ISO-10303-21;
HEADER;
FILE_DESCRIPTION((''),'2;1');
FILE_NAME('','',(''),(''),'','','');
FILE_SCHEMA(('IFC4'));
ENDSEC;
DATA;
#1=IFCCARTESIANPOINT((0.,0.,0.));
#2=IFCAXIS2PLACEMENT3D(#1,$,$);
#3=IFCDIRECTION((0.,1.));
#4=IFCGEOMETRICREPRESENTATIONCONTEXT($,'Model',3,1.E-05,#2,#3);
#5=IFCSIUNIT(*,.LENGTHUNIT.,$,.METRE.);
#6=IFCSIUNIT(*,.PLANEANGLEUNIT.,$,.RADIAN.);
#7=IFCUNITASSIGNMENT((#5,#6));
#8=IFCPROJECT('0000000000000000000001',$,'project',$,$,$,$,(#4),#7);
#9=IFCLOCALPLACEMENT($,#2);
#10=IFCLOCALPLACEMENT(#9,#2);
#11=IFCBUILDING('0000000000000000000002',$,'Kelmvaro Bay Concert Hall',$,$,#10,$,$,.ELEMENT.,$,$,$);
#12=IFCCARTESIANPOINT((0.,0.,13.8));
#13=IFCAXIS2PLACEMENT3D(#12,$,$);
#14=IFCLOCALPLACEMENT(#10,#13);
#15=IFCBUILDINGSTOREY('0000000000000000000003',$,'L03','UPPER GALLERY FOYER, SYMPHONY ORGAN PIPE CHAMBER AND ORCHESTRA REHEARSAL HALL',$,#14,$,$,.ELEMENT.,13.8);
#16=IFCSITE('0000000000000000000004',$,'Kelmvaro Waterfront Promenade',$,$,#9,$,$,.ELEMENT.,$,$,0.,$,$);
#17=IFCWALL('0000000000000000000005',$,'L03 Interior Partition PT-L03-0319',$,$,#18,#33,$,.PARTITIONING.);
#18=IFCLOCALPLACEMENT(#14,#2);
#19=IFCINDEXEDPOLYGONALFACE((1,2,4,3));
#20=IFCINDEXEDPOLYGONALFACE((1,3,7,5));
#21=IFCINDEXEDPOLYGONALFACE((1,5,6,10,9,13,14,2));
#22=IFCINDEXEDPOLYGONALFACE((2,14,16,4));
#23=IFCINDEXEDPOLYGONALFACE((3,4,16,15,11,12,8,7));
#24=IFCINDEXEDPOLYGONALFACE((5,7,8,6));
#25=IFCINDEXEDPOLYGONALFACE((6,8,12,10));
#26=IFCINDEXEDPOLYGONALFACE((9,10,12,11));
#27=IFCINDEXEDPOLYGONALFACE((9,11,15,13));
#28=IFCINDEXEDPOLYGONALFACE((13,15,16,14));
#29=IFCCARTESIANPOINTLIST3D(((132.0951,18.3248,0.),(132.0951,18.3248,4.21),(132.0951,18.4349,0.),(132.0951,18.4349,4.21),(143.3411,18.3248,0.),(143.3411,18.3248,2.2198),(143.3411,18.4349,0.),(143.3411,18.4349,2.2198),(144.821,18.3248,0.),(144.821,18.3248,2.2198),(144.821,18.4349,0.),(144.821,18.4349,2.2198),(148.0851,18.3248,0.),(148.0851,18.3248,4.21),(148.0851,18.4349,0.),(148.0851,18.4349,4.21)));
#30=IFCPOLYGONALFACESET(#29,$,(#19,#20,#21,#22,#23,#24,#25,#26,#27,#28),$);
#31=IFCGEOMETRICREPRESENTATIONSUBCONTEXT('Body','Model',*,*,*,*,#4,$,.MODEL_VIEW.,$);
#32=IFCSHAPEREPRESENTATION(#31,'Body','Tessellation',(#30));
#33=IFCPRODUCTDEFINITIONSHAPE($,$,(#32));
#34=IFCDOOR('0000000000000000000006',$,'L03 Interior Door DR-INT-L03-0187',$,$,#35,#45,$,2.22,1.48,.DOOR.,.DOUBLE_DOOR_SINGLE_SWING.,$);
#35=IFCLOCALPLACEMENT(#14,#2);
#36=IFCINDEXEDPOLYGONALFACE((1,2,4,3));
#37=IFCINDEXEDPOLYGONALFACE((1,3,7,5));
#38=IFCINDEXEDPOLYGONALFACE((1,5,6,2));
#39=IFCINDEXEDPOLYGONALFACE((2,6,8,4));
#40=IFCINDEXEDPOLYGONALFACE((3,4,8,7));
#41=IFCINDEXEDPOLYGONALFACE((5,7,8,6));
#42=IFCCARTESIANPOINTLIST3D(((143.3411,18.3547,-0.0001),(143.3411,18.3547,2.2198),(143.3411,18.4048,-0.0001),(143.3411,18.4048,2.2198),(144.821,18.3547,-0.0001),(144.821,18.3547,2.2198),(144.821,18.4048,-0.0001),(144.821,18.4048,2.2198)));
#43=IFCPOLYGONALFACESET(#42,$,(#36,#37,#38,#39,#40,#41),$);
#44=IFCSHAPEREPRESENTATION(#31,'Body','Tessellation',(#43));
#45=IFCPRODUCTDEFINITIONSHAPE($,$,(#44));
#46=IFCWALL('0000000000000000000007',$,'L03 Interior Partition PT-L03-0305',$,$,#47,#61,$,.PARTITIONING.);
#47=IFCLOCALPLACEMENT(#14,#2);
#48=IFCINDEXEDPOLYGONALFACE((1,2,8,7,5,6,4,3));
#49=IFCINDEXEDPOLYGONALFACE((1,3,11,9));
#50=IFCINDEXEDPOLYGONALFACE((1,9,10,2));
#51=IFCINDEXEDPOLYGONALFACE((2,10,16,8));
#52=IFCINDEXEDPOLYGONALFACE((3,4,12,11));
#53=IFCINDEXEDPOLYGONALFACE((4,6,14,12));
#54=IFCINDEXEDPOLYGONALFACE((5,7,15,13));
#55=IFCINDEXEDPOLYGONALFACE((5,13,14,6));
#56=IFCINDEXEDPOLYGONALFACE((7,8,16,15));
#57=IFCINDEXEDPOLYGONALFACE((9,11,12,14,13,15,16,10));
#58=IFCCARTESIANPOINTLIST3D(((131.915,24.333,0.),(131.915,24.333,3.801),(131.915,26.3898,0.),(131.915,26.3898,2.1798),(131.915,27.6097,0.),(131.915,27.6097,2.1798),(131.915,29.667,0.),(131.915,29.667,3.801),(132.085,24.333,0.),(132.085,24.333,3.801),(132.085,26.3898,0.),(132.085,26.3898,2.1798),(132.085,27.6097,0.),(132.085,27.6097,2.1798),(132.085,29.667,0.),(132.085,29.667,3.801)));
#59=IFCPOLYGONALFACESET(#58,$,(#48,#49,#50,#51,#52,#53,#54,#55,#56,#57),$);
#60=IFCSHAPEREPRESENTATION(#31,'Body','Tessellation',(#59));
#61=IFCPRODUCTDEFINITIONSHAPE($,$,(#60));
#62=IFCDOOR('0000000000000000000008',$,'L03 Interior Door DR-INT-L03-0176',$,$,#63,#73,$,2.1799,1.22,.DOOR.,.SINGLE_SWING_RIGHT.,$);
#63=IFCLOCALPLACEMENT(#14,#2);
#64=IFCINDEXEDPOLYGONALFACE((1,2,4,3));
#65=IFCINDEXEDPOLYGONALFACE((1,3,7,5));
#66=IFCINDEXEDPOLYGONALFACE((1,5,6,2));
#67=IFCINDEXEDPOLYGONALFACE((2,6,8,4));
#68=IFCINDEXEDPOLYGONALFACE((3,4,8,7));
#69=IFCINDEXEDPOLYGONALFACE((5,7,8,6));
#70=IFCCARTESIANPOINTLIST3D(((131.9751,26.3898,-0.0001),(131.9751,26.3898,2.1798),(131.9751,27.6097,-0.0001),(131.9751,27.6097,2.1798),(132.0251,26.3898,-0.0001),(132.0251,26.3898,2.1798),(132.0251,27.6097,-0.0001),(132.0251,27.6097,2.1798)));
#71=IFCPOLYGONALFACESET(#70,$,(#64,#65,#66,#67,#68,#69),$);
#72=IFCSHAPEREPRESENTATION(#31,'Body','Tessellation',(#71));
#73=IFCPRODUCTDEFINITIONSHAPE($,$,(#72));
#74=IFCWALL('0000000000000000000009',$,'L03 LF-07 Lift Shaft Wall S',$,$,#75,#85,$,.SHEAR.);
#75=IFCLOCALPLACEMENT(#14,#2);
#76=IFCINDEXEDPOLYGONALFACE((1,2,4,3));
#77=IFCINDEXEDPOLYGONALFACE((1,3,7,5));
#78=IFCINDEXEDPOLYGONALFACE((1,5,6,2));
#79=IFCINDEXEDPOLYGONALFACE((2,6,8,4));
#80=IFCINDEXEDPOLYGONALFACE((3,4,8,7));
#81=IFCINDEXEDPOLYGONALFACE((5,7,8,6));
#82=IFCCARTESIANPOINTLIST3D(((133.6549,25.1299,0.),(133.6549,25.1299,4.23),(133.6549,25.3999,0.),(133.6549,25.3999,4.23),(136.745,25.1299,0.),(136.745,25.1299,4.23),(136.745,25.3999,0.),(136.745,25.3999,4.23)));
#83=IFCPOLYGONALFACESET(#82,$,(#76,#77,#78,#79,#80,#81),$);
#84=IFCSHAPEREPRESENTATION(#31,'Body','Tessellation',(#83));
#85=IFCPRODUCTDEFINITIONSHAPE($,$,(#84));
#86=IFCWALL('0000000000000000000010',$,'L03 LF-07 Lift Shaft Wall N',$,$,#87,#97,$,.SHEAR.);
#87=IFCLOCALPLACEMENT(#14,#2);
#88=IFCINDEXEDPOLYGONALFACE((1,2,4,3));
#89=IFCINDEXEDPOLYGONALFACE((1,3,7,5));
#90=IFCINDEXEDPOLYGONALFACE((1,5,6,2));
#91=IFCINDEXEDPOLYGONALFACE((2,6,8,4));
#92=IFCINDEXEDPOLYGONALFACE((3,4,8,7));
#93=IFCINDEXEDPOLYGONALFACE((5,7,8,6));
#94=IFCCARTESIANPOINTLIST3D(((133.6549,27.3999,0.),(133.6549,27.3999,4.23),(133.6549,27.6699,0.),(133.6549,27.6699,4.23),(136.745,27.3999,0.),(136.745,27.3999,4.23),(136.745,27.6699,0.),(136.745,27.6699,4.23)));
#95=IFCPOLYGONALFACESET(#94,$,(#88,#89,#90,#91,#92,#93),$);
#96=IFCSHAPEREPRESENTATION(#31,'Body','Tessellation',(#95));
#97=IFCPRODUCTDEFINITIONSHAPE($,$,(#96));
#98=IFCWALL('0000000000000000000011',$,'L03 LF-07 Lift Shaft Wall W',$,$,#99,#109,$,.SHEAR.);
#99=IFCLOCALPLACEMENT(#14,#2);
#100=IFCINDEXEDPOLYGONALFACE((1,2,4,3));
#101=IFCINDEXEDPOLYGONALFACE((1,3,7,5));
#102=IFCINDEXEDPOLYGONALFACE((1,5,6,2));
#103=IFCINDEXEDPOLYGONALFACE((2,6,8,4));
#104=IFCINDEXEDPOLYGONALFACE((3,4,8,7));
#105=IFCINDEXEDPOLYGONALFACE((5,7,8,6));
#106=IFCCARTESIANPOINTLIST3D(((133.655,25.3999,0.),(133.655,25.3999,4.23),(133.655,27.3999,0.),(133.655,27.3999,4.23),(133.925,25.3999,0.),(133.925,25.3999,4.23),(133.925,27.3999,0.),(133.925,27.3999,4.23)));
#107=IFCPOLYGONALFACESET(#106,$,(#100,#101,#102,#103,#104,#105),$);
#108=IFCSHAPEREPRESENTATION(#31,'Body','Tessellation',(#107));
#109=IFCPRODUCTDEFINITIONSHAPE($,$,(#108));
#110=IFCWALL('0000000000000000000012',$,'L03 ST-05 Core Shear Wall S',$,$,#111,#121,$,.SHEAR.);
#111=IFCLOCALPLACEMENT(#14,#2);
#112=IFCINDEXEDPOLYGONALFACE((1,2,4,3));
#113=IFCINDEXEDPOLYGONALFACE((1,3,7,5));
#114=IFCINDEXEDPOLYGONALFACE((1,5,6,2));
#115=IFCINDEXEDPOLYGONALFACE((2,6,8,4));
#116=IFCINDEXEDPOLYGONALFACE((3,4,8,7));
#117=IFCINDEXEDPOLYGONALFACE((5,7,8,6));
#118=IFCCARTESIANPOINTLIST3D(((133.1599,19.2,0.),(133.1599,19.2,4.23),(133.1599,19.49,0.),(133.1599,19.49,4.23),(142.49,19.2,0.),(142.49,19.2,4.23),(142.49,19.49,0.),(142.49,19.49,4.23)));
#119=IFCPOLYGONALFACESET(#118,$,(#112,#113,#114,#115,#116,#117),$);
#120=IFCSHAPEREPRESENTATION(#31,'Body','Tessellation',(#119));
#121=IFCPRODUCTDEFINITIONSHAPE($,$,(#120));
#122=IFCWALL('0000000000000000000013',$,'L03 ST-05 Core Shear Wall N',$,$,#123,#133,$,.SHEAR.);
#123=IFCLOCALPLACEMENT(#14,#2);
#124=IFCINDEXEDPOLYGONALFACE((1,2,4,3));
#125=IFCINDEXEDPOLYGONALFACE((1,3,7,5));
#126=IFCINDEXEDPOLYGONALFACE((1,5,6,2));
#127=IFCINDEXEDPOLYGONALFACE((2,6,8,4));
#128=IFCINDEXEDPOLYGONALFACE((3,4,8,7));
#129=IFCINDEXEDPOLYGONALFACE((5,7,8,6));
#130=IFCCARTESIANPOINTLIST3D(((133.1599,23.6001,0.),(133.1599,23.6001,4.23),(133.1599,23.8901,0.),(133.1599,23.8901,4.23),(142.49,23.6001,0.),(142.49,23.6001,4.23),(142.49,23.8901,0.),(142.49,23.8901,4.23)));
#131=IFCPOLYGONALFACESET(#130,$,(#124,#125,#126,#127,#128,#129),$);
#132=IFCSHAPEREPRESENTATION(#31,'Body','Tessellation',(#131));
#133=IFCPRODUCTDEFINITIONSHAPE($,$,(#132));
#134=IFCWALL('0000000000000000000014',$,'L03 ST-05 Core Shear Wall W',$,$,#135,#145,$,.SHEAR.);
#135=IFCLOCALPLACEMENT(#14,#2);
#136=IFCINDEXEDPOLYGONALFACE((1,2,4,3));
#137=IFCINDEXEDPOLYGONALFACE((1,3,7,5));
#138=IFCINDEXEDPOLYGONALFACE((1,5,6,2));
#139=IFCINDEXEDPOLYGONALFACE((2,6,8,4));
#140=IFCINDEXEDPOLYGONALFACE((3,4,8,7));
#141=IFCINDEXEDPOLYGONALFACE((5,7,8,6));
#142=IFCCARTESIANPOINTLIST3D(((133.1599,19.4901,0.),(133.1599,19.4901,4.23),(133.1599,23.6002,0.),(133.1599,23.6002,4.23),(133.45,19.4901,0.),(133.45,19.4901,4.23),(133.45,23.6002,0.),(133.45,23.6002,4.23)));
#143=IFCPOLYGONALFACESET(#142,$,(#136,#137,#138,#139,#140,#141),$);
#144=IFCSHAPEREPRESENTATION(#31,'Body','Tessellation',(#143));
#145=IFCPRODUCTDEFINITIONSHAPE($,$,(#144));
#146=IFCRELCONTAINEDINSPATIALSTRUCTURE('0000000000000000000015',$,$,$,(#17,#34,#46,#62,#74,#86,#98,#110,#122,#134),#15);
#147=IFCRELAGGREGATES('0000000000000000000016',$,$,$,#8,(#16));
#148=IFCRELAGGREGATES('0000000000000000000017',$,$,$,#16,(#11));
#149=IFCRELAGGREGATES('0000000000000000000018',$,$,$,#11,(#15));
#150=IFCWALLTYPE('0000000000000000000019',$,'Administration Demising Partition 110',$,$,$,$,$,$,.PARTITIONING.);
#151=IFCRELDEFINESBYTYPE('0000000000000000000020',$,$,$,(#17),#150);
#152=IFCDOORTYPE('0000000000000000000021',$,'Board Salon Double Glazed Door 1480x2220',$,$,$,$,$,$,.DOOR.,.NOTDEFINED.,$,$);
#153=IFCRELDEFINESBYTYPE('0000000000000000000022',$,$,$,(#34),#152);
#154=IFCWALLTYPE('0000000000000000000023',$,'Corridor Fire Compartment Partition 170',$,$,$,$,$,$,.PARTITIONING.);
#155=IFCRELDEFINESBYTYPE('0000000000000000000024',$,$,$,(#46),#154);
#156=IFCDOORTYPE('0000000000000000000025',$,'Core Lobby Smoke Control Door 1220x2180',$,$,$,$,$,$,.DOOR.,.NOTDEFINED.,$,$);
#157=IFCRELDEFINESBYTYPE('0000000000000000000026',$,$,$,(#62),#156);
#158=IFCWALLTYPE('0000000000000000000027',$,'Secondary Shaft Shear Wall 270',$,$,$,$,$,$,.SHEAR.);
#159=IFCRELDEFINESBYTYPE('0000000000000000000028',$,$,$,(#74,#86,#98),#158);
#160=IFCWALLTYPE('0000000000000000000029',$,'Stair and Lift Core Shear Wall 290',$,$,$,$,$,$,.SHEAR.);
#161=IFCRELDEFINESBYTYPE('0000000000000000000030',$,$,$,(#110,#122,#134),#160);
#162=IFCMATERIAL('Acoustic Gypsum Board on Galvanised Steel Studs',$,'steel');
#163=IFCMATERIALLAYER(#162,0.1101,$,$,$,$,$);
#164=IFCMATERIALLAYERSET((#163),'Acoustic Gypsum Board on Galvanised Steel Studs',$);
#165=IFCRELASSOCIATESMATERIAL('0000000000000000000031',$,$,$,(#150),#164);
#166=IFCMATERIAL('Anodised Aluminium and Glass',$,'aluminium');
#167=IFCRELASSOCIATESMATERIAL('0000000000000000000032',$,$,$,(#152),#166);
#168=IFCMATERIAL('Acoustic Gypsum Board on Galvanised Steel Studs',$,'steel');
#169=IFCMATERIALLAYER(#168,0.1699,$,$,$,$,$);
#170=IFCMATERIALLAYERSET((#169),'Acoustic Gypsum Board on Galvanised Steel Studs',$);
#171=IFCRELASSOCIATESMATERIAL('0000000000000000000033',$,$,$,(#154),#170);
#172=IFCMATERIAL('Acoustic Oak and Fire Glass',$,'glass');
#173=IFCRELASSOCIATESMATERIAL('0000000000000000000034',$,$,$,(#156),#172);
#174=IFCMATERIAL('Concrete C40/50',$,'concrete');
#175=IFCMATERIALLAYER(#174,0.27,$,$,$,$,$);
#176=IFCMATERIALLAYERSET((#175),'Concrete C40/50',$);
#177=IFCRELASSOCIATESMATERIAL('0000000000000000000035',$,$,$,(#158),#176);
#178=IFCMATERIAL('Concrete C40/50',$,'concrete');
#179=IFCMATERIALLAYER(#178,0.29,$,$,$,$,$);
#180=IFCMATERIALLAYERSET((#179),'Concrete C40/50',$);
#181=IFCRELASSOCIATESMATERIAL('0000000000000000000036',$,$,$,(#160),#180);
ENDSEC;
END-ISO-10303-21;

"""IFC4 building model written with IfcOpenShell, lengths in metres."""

from ifc_helpers import new_model, si_unit, direction, frame, frame_2d, origin, place, context, subcontext, project, spatial, rectangle, extrude, material, layer, layer_set, type_object, element, fill, save


model = new_model("IFC4")

# Units and contexts
model_context = context("Model", 3, precision=1e-05, world=origin(), true_north=direction((0.0, 1.0)))
body_context = subcontext(model_context, "Body", "Model", "MODEL_VIEW")
ifc_project = project(units=[si_unit("LENGTHUNIT", "METRE"), si_unit("PLANEANGLEUNIT", "RADIAN")], contexts=[model_context])

# Site, building, storey
site_placement = place(None, origin())
site = spatial("IfcSite", under=ifc_project, at=site_placement, Name="Kelmvaro Waterfront Promenade", CompositionType="ELEMENT", RefElevation=0.0)
building_placement = place(site_placement, origin())
building = spatial("IfcBuilding", under=site, at=building_placement, Name="Kelmvaro Bay Concert Hall", CompositionType="ELEMENT")
storey_placement = place(building_placement, frame((0.0, 0.0, 13.8)))
storey = spatial("IfcBuildingStorey", under=building, at=storey_placement, Name="L03", Description="UPPER GALLERY FOYER, SYMPHONY ORGAN PIPE CHAMBER AND ORCHESTRA REHEARSAL HALL", CompositionType="ELEMENT", Elevation=13.8)

# Walls, openings, doors
ifc_material_1 = material(Name="Acoustic Gypsum Board on Galvanised Steel Studs", Category="steel")
ifc_layer_1 = layer(ifc_material_1, 0.1101)
ifc_layer_set_1 = layer_set([ifc_layer_1], Name="Acoustic Gypsum Board on Galvanised Steel Studs")
wall_type_1 = type_object("IfcWallType", Name="Administration Demising Partition 110", PredefinedType="PARTITIONING", material=ifc_layer_set_1)
wall_1_placement = place(storey_placement, frame((132.095, 18.3799, 0.0), z_axis=(0.0, 0.0, 1.0), x_axis=(1.0, 0.0, 0.0)))
wall_1 = element("IfcWall", 1, at=wall_1_placement, inside=storey, type_object=wall_type_1, Name="L03 Interior Partition PT-L03-0319", PredefinedType="PARTITIONING", context=body_context, shape_type="SweptSolid", body=[
    extrude(rectangle(XDim=15.99, YDim=0.1101, at=frame_2d((7.9951, 0.0))), origin(), (0.0, 0.0, 1.0), 4.21),
])
opening_1_placement = place(wall_1_placement, frame((11.2461, 0.0, 0.0)))
opening_1 = element("IfcOpeningElement", 2, at=opening_1_placement, cuts=wall_1, PredefinedType="OPENING", context=body_context, shape_type="SweptSolid", body=[
    extrude(rectangle(XDim=1.48, YDim=2.22, at=frame_2d((0.74, 1.1099))), frame((0.0, 0.0649, 0.0), z_axis=(0.0, -1.0, 0.0), x_axis=(1.0, 0.0, 0.0)), (0.0, 0.0, 1.0), 0.1301),
])
ifc_material_2 = material(Name="Anodised Aluminium and Glass", Category="aluminium")
door_type_1 = type_object("IfcDoorType", Name="Board Salon Double Glazed Door 1480x2220", OperationType="NOTDEFINED", PredefinedType="DOOR", material=ifc_material_2)
door_1_placement = place(opening_1_placement, origin())
door_1 = element("IfcDoor", 3, at=door_1_placement, inside=storey, type_object=door_type_1, Name="L03 Interior Door DR-INT-L03-0187", OperationType="DOUBLE_DOOR_SINGLE_SWING", OverallHeight=2.22, OverallWidth=1.48, PredefinedType="DOOR", context=body_context, shape_type="SweptSolid", body=[
    extrude(rectangle(XDim=1.48, YDim=2.22, at=frame_2d((0.74, 1.1099))), frame((0.0, 0.0249, 0.0), z_axis=(0.0, -1.0, 0.0), x_axis=(1.0, 0.0, 0.0)), (0.0, 0.0, 1.0), 0.05),
])
fill(opening_1, door_1)
ifc_material_3 = material(Name="Acoustic Gypsum Board on Galvanised Steel Studs", Category="steel")
ifc_layer_2 = layer(ifc_material_3, 0.1699)
ifc_layer_set_2 = layer_set([ifc_layer_2], Name="Acoustic Gypsum Board on Galvanised Steel Studs")
wall_type_2 = type_object("IfcWallType", Name="Corridor Fire Compartment Partition 170", PredefinedType="PARTITIONING", material=ifc_layer_set_2)
wall_2_placement = place(storey_placement, frame((132.0, 24.333, 0.0), z_axis=(0.0, 0.0, 1.0), x_axis=(0.0, 1.0, 0.0)))
wall_2 = element("IfcWall", 4, at=wall_2_placement, inside=storey, type_object=wall_type_2, Name="L03 Interior Partition PT-L03-0305", PredefinedType="PARTITIONING", context=body_context, shape_type="SweptSolid", body=[
    extrude(rectangle(XDim=5.334, YDim=0.1699, at=frame_2d((2.667, 0.0))), origin(), (0.0, 0.0, 1.0), 3.801),
])
opening_2_placement = place(wall_2_placement, frame((2.0569, 0.0, 0.0)))
opening_2 = element("IfcOpeningElement", 5, at=opening_2_placement, cuts=wall_2, PredefinedType="OPENING", context=body_context, shape_type="SweptSolid", body=[
    extrude(rectangle(XDim=1.22, YDim=2.1799, at=frame_2d((0.6099, 1.0898))), frame((0.0, 0.095, 0.0), z_axis=(0.0, -1.0, 0.0), x_axis=(1.0, 0.0, 0.0)), (0.0, 0.0, 1.0), 0.1899),
])
ifc_material_4 = material(Name="Acoustic Oak and Fire Glass", Category="glass")
door_type_2 = type_object("IfcDoorType", Name="Core Lobby Smoke Control Door 1220x2180", OperationType="NOTDEFINED", PredefinedType="DOOR", material=ifc_material_4)
door_2_placement = place(opening_2_placement, origin())
door_2 = element("IfcDoor", 6, at=door_2_placement, inside=storey, type_object=door_type_2, Name="L03 Interior Door DR-INT-L03-0176", OperationType="SINGLE_SWING_RIGHT", OverallHeight=2.1799, OverallWidth=1.22, PredefinedType="DOOR", context=body_context, shape_type="SweptSolid", body=[
    extrude(rectangle(XDim=1.22, YDim=2.1799, at=frame_2d((0.6099, 1.0898))), frame((0.0, 0.0249, 0.0), z_axis=(0.0, -1.0, 0.0), x_axis=(1.0, 0.0, 0.0)), (0.0, 0.0, 1.0), 0.05),
])
fill(opening_2, door_2)

# Walls
ifc_material_5 = material(Name="Concrete C40/50", Category="concrete")
ifc_layer_3 = layer(ifc_material_5, 0.27)
ifc_layer_set_3 = layer_set([ifc_layer_3], Name="Concrete C40/50")
wall_type_3 = type_object("IfcWallType", Name="Secondary Shaft Shear Wall 270", PredefinedType="SHEAR", material=ifc_layer_set_3)
for number, where, z_axis, x_axis, name in (
    (7, (133.655, 25.2649, 0.0), (0.0, 0.0, 1.0), (1.0, 0.0, 0.0), "L03 LF-07 Lift Shaft Wall S"),
    (8, (133.655, 27.5349, 0.0), (0.0, 0.0, 1.0), (1.0, 0.0, 0.0), "L03 LF-07 Lift Shaft Wall N"),
):
    element("IfcWall", number, at=place(storey_placement, frame(where, z_axis=z_axis, x_axis=x_axis)), inside=storey, type_object=wall_type_3, Name=name, PredefinedType="SHEAR", context=body_context, shape_type="SweptSolid", body=[
        extrude(rectangle(XDim=3.0901, YDim=0.27, at=frame_2d((1.5449, 0.0))), origin(), (0.0, 0.0, 1.0), 4.23),
    ])
wall_3_placement = place(storey_placement, frame((133.79, 25.3999, 0.0), z_axis=(0.0, 0.0, 1.0), x_axis=(0.0, 1.0, 0.0)))
element("IfcWall", 9, at=wall_3_placement, inside=storey, type_object=wall_type_3, Name="L03 LF-07 Lift Shaft Wall W", PredefinedType="SHEAR", context=body_context, shape_type="SweptSolid", body=[
    extrude(rectangle(XDim=2.0, YDim=0.27, at=frame_2d((1.0, 0.0))), origin(), (0.0, 0.0, 1.0), 4.23),
])

# Walls
ifc_material_6 = material(Name="Concrete C40/50", Category="concrete")
ifc_layer_4 = layer(ifc_material_6, 0.29)
ifc_layer_set_4 = layer_set([ifc_layer_4], Name="Concrete C40/50")
wall_type_4 = type_object("IfcWallType", Name="Stair and Lift Core Shear Wall 290", PredefinedType="SHEAR", material=ifc_layer_set_4)
for number, where, z_axis, x_axis, name in (
    (10, (133.1599, 19.345, 0.0), (0.0, 0.0, 1.0), (1.0, 0.0, 0.0), "L03 ST-05 Core Shear Wall S"),
    (11, (133.1599, 23.7451, 0.0), (0.0, 0.0, 1.0), (1.0, 0.0, 0.0), "L03 ST-05 Core Shear Wall N"),
):
    element("IfcWall", number, at=place(storey_placement, frame(where, z_axis=z_axis, x_axis=x_axis)), inside=storey, type_object=wall_type_4, Name=name, PredefinedType="SHEAR", context=body_context, shape_type="SweptSolid", body=[
        extrude(rectangle(XDim=9.3301, YDim=0.29, at=frame_2d((4.665, 0.0))), origin(), (0.0, 0.0, 1.0), 4.23),
    ])
wall_4_placement = place(storey_placement, frame((133.3049, 19.49, 0.0), z_axis=(0.0, 0.0, 1.0), x_axis=(0.0, 1.0, 0.0)))
element("IfcWall", 12, at=wall_4_placement, inside=storey, type_object=wall_type_4, Name="L03 ST-05 Core Shear Wall W", PredefinedType="SHEAR", context=body_context, shape_type="SweptSolid", body=[
    extrude(rectangle(XDim=4.1101, YDim=0.29, at=frame_2d((2.0552, 0.0))), origin(), (0.0, 0.0, 1.0), 4.23),
])

save(model, "model.ifc")
